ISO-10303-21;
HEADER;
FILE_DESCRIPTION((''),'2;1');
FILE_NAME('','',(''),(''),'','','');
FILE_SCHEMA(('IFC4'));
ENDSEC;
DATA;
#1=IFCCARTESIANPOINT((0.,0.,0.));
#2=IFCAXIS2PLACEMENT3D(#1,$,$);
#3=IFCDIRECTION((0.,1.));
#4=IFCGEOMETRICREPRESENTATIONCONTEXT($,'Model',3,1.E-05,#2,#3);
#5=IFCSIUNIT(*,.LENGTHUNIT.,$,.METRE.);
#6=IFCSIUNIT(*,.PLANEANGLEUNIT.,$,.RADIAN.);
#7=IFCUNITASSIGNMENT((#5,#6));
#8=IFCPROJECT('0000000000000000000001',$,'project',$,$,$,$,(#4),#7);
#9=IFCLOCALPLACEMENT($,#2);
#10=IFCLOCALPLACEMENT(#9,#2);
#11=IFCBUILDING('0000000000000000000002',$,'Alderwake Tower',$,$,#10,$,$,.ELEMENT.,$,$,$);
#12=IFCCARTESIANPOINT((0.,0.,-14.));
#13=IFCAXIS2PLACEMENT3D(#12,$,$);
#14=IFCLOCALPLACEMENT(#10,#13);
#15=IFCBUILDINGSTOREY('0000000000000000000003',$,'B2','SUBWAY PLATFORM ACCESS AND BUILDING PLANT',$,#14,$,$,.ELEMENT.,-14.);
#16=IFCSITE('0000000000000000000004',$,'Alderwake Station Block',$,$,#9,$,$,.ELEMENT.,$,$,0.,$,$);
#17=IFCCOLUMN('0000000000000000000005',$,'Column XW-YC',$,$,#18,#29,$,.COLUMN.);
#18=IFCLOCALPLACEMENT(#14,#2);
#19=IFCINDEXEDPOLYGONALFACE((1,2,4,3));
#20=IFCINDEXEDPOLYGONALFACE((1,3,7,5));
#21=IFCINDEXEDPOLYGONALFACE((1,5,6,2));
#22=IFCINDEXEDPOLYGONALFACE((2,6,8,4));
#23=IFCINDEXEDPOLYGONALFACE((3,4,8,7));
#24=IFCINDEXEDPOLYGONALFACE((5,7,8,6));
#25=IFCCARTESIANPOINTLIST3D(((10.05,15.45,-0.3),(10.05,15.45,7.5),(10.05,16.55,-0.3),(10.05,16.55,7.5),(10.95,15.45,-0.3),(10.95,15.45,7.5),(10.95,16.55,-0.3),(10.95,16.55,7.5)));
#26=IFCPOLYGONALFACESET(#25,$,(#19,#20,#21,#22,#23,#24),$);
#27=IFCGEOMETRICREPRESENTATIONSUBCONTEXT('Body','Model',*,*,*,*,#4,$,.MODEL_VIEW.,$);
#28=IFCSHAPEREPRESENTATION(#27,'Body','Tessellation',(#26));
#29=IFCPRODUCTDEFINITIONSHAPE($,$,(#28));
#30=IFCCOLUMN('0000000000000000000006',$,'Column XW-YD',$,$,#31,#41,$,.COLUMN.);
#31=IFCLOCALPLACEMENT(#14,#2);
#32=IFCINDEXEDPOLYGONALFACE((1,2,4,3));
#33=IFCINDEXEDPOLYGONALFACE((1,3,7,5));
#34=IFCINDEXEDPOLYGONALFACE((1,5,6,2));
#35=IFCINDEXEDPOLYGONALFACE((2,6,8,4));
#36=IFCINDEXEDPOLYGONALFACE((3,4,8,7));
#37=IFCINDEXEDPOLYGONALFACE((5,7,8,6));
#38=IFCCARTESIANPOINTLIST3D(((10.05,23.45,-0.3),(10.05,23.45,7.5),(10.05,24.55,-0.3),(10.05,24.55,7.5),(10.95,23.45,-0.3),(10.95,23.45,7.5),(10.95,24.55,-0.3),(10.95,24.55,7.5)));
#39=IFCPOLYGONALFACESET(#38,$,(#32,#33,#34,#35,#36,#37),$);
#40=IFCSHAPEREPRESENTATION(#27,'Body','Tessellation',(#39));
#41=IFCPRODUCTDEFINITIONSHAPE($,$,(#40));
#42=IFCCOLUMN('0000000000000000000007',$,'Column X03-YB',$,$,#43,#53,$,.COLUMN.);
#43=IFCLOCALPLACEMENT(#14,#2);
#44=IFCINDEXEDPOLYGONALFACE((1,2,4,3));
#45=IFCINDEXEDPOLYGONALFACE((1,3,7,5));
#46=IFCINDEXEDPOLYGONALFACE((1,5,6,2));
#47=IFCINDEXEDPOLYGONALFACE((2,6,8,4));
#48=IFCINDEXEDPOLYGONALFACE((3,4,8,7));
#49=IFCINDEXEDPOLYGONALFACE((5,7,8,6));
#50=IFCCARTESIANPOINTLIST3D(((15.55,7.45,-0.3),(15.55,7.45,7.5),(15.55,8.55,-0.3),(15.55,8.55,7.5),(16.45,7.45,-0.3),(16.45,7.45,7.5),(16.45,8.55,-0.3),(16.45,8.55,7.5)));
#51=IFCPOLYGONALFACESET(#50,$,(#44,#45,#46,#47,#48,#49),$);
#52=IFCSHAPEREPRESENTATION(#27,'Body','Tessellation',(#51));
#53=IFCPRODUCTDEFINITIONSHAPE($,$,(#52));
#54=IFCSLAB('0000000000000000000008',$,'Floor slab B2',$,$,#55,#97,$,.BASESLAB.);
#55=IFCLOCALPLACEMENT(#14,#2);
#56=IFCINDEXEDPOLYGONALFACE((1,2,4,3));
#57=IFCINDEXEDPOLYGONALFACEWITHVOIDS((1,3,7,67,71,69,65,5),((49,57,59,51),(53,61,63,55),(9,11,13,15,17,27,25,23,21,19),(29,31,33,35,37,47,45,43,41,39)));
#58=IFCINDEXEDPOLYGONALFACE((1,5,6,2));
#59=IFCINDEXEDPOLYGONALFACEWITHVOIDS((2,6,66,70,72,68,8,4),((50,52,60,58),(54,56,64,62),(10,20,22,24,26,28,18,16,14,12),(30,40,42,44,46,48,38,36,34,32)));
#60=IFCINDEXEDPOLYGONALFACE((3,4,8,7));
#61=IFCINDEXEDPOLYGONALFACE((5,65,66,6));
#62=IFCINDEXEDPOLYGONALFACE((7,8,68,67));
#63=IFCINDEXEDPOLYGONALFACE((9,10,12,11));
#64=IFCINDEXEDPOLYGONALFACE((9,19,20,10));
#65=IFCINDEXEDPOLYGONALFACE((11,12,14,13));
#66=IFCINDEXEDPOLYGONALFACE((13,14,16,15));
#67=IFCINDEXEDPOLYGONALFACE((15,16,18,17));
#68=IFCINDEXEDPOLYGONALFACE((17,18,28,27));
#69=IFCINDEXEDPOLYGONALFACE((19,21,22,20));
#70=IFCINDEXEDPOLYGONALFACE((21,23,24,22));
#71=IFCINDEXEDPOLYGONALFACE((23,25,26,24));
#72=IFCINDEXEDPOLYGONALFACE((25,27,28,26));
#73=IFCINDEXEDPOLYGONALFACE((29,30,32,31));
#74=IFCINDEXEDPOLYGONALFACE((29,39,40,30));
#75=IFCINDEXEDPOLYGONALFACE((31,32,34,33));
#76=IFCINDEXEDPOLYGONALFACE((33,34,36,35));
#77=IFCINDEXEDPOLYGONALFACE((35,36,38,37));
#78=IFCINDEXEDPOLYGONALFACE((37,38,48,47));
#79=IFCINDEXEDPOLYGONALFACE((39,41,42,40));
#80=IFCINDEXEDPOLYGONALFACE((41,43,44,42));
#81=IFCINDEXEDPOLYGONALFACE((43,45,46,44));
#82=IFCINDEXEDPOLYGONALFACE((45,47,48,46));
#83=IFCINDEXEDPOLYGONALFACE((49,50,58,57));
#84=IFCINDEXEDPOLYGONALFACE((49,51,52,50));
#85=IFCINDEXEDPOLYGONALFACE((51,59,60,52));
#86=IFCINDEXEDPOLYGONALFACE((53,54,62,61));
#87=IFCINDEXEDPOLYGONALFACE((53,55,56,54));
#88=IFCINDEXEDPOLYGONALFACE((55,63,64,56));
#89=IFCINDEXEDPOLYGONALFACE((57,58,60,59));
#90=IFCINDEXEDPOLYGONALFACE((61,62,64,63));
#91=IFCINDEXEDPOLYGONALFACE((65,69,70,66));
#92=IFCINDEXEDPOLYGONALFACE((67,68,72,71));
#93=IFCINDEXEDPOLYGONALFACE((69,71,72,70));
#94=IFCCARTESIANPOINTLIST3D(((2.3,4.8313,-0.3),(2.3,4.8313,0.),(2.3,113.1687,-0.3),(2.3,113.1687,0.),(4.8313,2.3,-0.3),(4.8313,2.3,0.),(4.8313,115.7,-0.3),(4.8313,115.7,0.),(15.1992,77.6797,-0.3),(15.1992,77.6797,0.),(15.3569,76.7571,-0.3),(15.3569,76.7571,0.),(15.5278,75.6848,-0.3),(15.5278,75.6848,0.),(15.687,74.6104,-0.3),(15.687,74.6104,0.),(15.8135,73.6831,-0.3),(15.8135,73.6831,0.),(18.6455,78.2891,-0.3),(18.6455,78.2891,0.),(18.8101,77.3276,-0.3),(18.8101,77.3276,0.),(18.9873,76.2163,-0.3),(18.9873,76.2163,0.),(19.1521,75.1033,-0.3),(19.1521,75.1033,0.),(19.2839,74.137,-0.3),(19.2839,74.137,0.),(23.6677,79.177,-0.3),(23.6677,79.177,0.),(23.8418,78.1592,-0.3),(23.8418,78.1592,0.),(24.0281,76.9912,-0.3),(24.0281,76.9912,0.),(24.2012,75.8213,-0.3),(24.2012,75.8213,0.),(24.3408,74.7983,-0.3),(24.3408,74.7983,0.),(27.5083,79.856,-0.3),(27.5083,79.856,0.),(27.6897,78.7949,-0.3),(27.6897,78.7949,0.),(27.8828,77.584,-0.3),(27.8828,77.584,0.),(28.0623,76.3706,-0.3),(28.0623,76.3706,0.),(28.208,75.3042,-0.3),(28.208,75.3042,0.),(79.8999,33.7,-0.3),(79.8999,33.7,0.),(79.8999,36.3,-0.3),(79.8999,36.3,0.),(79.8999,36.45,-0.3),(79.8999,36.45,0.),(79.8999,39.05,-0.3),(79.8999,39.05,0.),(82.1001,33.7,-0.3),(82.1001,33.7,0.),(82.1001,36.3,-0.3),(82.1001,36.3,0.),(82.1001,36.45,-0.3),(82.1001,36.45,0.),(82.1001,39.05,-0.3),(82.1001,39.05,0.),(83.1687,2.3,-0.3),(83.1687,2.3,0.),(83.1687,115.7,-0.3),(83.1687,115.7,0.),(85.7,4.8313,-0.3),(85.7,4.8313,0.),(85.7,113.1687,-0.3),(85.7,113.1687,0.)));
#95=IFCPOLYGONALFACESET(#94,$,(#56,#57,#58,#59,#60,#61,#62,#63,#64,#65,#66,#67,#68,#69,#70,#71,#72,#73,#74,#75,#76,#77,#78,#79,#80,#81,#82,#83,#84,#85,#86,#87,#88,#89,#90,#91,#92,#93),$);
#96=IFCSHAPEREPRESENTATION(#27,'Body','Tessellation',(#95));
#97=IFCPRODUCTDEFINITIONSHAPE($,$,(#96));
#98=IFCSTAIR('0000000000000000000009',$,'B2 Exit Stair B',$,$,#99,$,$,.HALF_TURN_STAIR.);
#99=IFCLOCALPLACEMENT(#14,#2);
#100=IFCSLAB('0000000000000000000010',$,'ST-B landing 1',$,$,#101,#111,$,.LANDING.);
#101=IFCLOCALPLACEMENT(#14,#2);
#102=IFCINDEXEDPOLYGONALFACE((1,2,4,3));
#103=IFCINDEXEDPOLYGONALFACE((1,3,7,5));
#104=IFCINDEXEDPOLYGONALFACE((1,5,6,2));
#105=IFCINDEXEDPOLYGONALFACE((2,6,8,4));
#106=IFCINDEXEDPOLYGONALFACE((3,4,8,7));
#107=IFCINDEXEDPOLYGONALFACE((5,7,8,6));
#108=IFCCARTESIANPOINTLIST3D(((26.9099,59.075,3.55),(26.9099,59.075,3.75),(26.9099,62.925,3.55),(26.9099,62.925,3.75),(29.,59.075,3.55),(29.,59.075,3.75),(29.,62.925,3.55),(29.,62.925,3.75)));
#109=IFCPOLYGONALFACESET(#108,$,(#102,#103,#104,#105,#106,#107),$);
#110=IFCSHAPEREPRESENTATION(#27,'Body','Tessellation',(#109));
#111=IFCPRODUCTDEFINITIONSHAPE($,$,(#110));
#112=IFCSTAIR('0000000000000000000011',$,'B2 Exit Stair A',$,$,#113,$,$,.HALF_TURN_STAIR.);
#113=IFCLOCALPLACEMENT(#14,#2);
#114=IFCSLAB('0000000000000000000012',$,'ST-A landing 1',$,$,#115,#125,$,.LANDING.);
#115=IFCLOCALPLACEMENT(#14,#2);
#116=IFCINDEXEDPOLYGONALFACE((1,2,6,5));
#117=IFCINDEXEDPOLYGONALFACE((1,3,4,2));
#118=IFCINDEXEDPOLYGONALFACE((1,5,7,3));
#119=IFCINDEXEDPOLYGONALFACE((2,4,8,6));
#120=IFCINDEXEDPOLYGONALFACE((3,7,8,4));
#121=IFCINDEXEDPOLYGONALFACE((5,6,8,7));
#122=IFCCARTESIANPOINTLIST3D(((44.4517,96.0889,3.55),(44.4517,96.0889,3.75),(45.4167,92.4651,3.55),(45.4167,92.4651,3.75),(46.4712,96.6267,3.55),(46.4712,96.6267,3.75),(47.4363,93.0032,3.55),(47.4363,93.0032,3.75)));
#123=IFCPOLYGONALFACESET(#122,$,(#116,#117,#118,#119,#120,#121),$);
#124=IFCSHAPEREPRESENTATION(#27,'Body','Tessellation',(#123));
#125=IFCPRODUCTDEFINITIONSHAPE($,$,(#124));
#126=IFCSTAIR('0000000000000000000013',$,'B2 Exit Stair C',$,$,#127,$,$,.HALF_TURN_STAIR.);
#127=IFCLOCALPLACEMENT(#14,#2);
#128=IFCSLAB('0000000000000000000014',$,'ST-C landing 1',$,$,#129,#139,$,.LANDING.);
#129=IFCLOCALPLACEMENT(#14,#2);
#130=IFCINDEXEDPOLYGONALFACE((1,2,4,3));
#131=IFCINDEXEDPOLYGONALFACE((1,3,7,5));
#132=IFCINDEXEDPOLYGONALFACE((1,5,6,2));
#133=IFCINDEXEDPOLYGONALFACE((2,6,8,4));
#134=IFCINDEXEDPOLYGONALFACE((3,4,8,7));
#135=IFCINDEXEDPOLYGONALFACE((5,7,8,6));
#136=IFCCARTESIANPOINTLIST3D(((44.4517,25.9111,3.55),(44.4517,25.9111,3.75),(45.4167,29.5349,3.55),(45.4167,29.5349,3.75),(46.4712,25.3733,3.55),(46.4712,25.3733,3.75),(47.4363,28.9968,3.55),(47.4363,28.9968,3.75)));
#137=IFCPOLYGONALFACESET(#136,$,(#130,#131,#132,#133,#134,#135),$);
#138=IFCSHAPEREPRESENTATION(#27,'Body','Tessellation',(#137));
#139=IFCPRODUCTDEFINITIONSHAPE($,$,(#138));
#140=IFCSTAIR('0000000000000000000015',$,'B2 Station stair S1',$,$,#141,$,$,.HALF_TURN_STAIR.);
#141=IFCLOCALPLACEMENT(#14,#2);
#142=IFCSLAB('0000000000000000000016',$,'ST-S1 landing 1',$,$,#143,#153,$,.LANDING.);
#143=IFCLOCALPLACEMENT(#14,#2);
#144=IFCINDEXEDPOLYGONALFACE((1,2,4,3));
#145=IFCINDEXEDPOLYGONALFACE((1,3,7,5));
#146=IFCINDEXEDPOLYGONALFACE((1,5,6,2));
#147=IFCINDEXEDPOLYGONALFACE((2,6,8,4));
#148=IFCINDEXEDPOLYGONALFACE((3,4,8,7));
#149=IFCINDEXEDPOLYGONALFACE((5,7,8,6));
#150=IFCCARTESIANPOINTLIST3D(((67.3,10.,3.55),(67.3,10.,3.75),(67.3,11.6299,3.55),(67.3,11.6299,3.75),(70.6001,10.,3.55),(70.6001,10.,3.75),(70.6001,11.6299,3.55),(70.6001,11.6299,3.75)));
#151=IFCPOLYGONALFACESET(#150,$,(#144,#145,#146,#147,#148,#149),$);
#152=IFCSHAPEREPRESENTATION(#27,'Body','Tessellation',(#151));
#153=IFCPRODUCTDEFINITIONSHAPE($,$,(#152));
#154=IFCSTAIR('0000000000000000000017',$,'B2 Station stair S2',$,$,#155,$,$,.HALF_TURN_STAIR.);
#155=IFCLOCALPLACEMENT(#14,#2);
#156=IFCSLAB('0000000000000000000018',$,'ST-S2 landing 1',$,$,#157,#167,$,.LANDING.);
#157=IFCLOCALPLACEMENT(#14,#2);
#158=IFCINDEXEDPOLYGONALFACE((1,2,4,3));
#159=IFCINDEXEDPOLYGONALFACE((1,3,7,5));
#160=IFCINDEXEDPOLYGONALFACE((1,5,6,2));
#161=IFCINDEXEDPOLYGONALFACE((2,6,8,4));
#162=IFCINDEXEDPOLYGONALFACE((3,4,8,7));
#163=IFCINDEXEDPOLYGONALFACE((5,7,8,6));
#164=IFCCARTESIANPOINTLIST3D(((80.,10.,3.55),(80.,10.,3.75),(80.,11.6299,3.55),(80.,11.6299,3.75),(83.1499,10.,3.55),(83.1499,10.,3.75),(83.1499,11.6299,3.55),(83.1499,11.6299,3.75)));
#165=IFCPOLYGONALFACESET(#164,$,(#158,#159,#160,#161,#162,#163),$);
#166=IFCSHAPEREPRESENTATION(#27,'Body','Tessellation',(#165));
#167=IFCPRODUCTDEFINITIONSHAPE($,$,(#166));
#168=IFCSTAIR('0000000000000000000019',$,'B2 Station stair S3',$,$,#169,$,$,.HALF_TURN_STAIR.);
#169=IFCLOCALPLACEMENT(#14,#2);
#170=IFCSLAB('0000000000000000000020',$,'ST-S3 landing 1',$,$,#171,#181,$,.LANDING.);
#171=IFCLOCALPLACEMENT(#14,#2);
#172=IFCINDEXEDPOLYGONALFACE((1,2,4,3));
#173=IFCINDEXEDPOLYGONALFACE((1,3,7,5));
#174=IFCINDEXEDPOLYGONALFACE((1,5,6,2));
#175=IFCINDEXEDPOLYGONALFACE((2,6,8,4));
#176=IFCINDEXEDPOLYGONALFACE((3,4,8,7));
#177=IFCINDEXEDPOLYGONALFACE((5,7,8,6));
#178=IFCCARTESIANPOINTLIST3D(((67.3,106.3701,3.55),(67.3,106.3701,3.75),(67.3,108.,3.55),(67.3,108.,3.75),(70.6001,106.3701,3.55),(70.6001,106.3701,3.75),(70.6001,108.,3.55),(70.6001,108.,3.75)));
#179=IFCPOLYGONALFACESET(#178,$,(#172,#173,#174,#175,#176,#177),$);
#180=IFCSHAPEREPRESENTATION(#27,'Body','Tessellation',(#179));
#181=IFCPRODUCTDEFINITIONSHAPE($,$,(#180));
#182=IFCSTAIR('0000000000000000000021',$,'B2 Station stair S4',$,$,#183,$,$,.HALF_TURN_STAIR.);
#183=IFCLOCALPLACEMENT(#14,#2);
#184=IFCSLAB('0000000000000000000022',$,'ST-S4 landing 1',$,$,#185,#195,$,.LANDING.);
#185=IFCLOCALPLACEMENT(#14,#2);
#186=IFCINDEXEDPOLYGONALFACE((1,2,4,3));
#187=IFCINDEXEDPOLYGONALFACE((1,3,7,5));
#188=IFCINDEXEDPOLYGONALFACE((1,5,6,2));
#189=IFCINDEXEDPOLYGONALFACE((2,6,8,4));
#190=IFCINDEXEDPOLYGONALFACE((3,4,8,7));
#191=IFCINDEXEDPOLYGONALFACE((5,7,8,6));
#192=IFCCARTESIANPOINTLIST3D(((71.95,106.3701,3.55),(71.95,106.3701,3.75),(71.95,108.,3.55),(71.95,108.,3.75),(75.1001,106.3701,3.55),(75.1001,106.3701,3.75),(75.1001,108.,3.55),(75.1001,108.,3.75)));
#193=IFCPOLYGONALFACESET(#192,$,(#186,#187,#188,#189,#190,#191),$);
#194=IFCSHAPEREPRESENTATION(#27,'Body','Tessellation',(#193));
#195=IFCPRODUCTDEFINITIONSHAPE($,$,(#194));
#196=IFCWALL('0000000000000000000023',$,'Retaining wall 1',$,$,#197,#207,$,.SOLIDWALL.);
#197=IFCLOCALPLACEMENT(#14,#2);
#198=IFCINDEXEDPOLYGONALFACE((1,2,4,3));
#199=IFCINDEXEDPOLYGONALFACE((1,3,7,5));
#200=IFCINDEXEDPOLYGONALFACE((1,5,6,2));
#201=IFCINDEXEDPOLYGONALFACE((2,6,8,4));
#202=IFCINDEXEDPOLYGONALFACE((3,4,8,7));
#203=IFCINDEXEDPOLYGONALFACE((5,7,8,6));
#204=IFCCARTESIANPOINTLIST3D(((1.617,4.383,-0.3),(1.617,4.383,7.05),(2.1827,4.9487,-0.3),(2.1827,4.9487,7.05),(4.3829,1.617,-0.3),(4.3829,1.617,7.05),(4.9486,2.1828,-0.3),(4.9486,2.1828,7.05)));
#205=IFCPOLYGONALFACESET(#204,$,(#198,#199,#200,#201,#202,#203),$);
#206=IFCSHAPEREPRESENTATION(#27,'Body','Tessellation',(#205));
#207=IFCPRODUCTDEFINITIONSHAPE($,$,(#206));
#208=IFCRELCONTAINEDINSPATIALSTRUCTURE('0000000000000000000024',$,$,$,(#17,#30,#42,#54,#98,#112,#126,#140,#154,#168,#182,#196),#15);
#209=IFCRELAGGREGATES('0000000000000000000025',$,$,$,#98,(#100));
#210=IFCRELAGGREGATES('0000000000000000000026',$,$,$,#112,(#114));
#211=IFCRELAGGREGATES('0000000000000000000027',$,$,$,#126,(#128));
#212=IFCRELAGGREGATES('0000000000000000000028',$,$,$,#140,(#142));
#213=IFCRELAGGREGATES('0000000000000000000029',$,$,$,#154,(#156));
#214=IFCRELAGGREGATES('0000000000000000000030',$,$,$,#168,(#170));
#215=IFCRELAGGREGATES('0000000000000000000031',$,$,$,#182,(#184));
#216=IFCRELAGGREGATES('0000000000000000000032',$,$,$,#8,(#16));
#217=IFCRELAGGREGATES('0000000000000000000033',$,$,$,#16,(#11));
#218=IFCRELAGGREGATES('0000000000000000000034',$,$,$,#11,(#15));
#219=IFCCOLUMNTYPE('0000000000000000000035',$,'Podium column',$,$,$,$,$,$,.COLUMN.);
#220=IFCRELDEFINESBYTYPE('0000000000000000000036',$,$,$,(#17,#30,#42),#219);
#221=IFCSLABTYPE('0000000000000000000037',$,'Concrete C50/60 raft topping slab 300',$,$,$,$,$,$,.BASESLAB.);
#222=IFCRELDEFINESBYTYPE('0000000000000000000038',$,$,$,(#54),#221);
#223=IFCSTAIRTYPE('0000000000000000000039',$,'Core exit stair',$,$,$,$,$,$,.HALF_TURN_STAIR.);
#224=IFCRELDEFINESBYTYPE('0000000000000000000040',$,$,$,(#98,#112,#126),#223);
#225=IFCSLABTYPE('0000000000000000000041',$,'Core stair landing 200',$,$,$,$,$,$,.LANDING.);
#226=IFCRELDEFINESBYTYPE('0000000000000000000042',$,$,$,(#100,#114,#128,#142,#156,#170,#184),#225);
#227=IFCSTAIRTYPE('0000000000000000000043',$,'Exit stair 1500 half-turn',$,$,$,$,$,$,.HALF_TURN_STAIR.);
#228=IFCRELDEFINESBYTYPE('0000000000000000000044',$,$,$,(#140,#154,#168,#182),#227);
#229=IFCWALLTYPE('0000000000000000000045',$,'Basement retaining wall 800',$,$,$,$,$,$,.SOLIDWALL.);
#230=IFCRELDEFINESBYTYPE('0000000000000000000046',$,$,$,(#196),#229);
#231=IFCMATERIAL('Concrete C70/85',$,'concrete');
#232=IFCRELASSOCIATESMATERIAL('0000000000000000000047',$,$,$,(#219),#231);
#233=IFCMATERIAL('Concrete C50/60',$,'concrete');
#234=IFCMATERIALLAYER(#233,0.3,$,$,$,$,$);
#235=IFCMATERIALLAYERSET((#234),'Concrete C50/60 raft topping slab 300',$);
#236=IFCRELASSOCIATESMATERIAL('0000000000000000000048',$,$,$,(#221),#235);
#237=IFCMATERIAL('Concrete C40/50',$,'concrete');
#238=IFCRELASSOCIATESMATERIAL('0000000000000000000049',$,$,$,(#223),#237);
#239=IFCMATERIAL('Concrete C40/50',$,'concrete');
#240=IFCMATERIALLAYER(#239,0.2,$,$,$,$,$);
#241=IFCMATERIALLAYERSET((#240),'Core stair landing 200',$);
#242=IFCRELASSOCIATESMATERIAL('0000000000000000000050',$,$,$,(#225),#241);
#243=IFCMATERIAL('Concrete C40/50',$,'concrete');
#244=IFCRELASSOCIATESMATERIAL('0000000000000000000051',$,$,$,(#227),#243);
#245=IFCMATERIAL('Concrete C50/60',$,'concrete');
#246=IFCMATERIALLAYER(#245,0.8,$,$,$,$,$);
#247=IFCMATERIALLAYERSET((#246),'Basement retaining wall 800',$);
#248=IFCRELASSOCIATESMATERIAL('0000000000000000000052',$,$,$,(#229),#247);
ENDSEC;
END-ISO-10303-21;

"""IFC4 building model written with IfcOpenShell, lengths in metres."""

from ifc_helpers import new_model, si_unit, direction, frame, frame_2d, origin, origin_2d, place, context, subcontext, project, spatial, polyline, rectangle, outline, extrude, material, layer, layer_set, material_profile, profile_set, type_object, element, aggregate, save


model = new_model("IFC4")

# Units and contexts
model_context = context("Model", 3, precision=1e-05, world=origin(), true_north=direction((0.0, 1.0)))
body_context = subcontext(model_context, "Body", "Model", "MODEL_VIEW")
ifc_project = project(units=[si_unit("LENGTHUNIT", "METRE"), si_unit("PLANEANGLEUNIT", "RADIAN")], contexts=[model_context])

# Site, building, storey
site_placement = place(None, origin())
site = spatial("IfcSite", under=ifc_project, at=site_placement, Name="Alderwake Station Block", CompositionType="ELEMENT", RefElevation=0.0)
building_placement = place(site_placement, origin())
building = spatial("IfcBuilding", under=site, at=building_placement, Name="Alderwake Tower", CompositionType="ELEMENT")
storey_placement = place(building_placement, frame((0.0, 0.0, -14.0)))
storey = spatial("IfcBuildingStorey", under=building, at=storey_placement, Name="B2", Description="SUBWAY PLATFORM ACCESS AND BUILDING PLANT", CompositionType="ELEMENT", Elevation=-14.0)

# Columns
ifc_material_1 = material(Name="Concrete C70/85", Category="concrete")
ifc_material_profile_1 = material_profile(ifc_material_1, rectangle(XDim=0.8999, YDim=1.1001, at=origin_2d()), Name="RC 1100X900")
ifc_profile_set_1 = profile_set([ifc_material_profile_1], Name="Concrete C70/85")
column_type_1 = type_object("IfcColumnType", Name="Podium column", PredefinedType="COLUMN", material=ifc_profile_set_1)
for number, where, z_axis, x_axis, name in (
    (1, (10.5, 16.0, -0.3), (0.0, 0.0, 1.0), (1.0, 0.0, 0.0), "Column XW-YC"),
    (2, (10.5, 24.0, -0.3), (0.0, 0.0, 1.0), (1.0, 0.0, 0.0), "Column XW-YD"),
    (3, (16.0, 8.0, -0.3), (0.0, 0.0, 1.0), (1.0, 0.0, 0.0), "Column X03-YB"),
):
    element("IfcColumn", number, at=place(storey_placement, frame(where, z_axis=z_axis, x_axis=x_axis)), inside=storey, type_object=column_type_1, Name=name, PredefinedType="COLUMN", context=body_context, shape_type="SweptSolid", body=[
        extrude(rectangle(XDim=0.8999, YDim=1.1001, at=origin_2d()), origin(), (0.0, 0.0, 1.0), 7.8),
    ])

# Slab
ifc_material_2 = material(Name="Concrete C50/60", Category="concrete")
ifc_layer_1 = layer(ifc_material_2, 0.3)
ifc_layer_set_1 = layer_set([ifc_layer_1], Name="Concrete C50/60 raft topping slab 300")
slab_type_1 = type_object("IfcSlabType", Name="Concrete C50/60 raft topping slab 300", PredefinedType="BASESLAB", material=ifc_layer_set_1)
slab_1_placement = place(storey_placement, frame((0.0, 0.0, -0.3)))
element("IfcSlab", 4, at=slab_1_placement, inside=storey, type_object=slab_type_1, Name="Floor slab B2", PredefinedType="BASESLAB", context=body_context, shape_type="SweptSolid", body=[
    extrude(outline(polyline([(2.3, 4.8313), (2.3, 113.1687), (4.8313, 115.7), (83.1687, 115.7), (85.7, 113.1687), (85.7, 4.8313), (83.1687, 2.3), (4.8313, 2.3), (2.3, 4.8313)]), holes=[polyline([(79.8999, 33.7), (82.1001, 33.7), (82.1001, 36.3), (79.8999, 36.3), (79.8999, 33.7)]), polyline([(79.8999, 36.45), (82.1001, 36.45), (82.1001, 39.05), (79.8999, 39.05), (79.8999, 36.45)]), polyline([(15.687, 74.6104), (15.8135, 73.6831), (19.2839, 74.137), (19.1521, 75.1033), (18.9873, 76.2163), (18.8101, 77.3276), (18.6455, 78.2891), (15.1992, 77.6797), (15.3569, 76.7571), (15.5278, 75.6848), (15.687, 74.6104)]), polyline([(24.2012, 75.8213), (24.3408, 74.7983), (28.208, 75.3042), (28.0623, 76.3706), (27.8828, 77.584), (27.6897, 78.7949), (27.5083, 79.856), (23.6677, 79.177), (23.8418, 78.1592), (24.0281, 76.9912), (24.2012, 75.8213)])]), origin(), (0.0, 0.0, 1.0), 0.3),
])

# Stairs, slabs
ifc_material_3 = material(Name="Concrete C40/50", Category="concrete")
stair_type_1 = type_object("IfcStairType", Name="Core exit stair", PredefinedType="HALF_TURN_STAIR", material=ifc_material_3)
stair_1_placement = place(storey_placement, origin())
stair_1 = element("IfcStair", 5, at=stair_1_placement, inside=storey, type_object=stair_type_1, Name="B2 Exit Stair B", PredefinedType="HALF_TURN_STAIR")
ifc_material_4 = material(Name="Concrete C40/50", Category="concrete")
ifc_layer_2 = layer(ifc_material_4, 0.2)
ifc_layer_set_2 = layer_set([ifc_layer_2], Name="Core stair landing 200")
slab_type_2 = type_object("IfcSlabType", Name="Core stair landing 200", PredefinedType="LANDING", material=ifc_layer_set_2)
slab_2_placement = place(storey_placement, frame((0.0, 0.0, 3.55)))
slab_2 = element("IfcSlab", 6, at=slab_2_placement, type_object=slab_type_2, Name="ST-B landing 1", PredefinedType="LANDING", context=body_context, shape_type="SweptSolid", body=[
    extrude(outline(polyline([(26.9099, 59.075), (29.0, 59.075), (29.0, 62.925), (26.9099, 62.925), (26.9099, 59.075)])), origin(), (0.0, 0.0, 1.0), 0.2),
])
aggregate(stair_1, [slab_2])
stair_2_placement = place(storey_placement, origin())
stair_2 = element("IfcStair", 7, at=stair_2_placement, inside=storey, type_object=stair_type_1, Name="B2 Exit Stair A", PredefinedType="HALF_TURN_STAIR")
slab_3_placement = place(storey_placement, frame((0.0, 0.0, 3.55)))
slab_3 = element("IfcSlab", 8, at=slab_3_placement, type_object=slab_type_2, Name="ST-A landing 1", PredefinedType="LANDING", context=body_context, shape_type="SweptSolid", body=[
    extrude(outline(polyline([(45.4167, 92.4651), (47.4363, 93.0032), (46.4712, 96.6267), (44.4517, 96.0889), (45.4167, 92.4651)])), origin(), (0.0, 0.0, 1.0), 0.2),
])
aggregate(stair_2, [slab_3])
stair_3_placement = place(storey_placement, origin())
stair_3 = element("IfcStair", 9, at=stair_3_placement, inside=storey, type_object=stair_type_1, Name="B2 Exit Stair C", PredefinedType="HALF_TURN_STAIR")
slab_4_placement = place(storey_placement, frame((0.0, 0.0, 3.55)))
slab_4 = element("IfcSlab", 10, at=slab_4_placement, type_object=slab_type_2, Name="ST-C landing 1", PredefinedType="LANDING", context=body_context, shape_type="SweptSolid", body=[
    extrude(outline(polyline([(44.4517, 25.9111), (46.4712, 25.3733), (47.4363, 28.9968), (45.4167, 29.5349), (44.4517, 25.9111)])), origin(), (0.0, 0.0, 1.0), 0.2),
])
aggregate(stair_3, [slab_4])
ifc_material_5 = material(Name="Concrete C40/50", Category="concrete")
stair_type_2 = type_object("IfcStairType", Name="Exit stair 1500 half-turn", PredefinedType="HALF_TURN_STAIR", material=ifc_material_5)
stair_4_placement = place(storey_placement, origin())
stair_4 = element("IfcStair", 11, at=stair_4_placement, inside=storey, type_object=stair_type_2, Name="B2 Station stair S1", PredefinedType="HALF_TURN_STAIR")
slab_5_placement = place(storey_placement, frame((0.0, 0.0, 3.55)))
slab_5 = element("IfcSlab", 12, at=slab_5_placement, type_object=slab_type_2, Name="ST-S1 landing 1", PredefinedType="LANDING", context=body_context, shape_type="SweptSolid", body=[
    extrude(outline(polyline([(67.3, 11.6299), (67.3, 10.0), (70.6001, 10.0), (70.6001, 11.6299), (67.3, 11.6299)])), origin(), (0.0, 0.0, 1.0), 0.2),
])
aggregate(stair_4, [slab_5])
stair_5_placement = place(storey_placement, origin())
stair_5 = element("IfcStair", 13, at=stair_5_placement, inside=storey, type_object=stair_type_2, Name="B2 Station stair S2", PredefinedType="HALF_TURN_STAIR")
slab_6_placement = place(storey_placement, frame((0.0, 0.0, 3.55)))
slab_6 = element("IfcSlab", 14, at=slab_6_placement, type_object=slab_type_2, Name="ST-S2 landing 1", PredefinedType="LANDING", context=body_context, shape_type="SweptSolid", body=[
    extrude(outline(polyline([(80.0, 11.6299), (80.0, 10.0), (83.1499, 10.0), (83.1499, 11.6299), (80.0, 11.6299)])), origin(), (0.0, 0.0, 1.0), 0.2),
])
aggregate(stair_5, [slab_6])
stair_6_placement = place(storey_placement, origin())
stair_6 = element("IfcStair", 15, at=stair_6_placement, inside=storey, type_object=stair_type_2, Name="B2 Station stair S3", PredefinedType="HALF_TURN_STAIR")
slab_7_placement = place(storey_placement, frame((0.0, 0.0, 3.55)))
slab_7 = element("IfcSlab", 16, at=slab_7_placement, type_object=slab_type_2, Name="ST-S3 landing 1", PredefinedType="LANDING", context=body_context, shape_type="SweptSolid", body=[
    extrude(outline(polyline([(70.6001, 106.3701), (70.6001, 108.0), (67.3, 108.0), (67.3, 106.3701), (70.6001, 106.3701)])), origin(), (0.0, 0.0, 1.0), 0.2),
])
aggregate(stair_6, [slab_7])
stair_7_placement = place(storey_placement, origin())
stair_7 = element("IfcStair", 17, at=stair_7_placement, inside=storey, type_object=stair_type_2, Name="B2 Station stair S4", PredefinedType="HALF_TURN_STAIR")
slab_8_placement = place(storey_placement, frame((0.0, 0.0, 3.55)))
slab_8 = element("IfcSlab", 18, at=slab_8_placement, type_object=slab_type_2, Name="ST-S4 landing 1", PredefinedType="LANDING", context=body_context, shape_type="SweptSolid", body=[
    extrude(outline(polyline([(75.1001, 106.3701), (75.1001, 108.0), (71.95, 108.0), (71.95, 106.3701), (75.1001, 106.3701)])), origin(), (0.0, 0.0, 1.0), 0.2),
])
aggregate(stair_7, [slab_8])

# Wall
ifc_material_6 = material(Name="Concrete C50/60", Category="concrete")
ifc_layer_3 = layer(ifc_material_6, 0.8)
ifc_layer_set_3 = layer_set([ifc_layer_3], Name="Basement retaining wall 800")
wall_type_1 = type_object("IfcWallType", Name="Basement retaining wall 800", PredefinedType="SOLIDWALL", material=ifc_layer_set_3)
wall_1_placement = place(storey_placement, frame((4.6658, 1.8999, -0.3), z_axis=(0.0, 0.0, 1.0), x_axis=(-0.707107, 0.707107, 0.0)))
element("IfcWall", 19, at=wall_1_placement, inside=storey, type_object=wall_type_1, Name="Retaining wall 1", PredefinedType="SOLIDWALL", context=body_context, shape_type="SweptSolid", body=[
    extrude(rectangle(XDim=3.9116, YDim=0.8, at=frame_2d((1.9558, 0.0))), origin(), (0.0, 0.0, 1.0), 7.3501),
])

save(model, "model.ifc")
